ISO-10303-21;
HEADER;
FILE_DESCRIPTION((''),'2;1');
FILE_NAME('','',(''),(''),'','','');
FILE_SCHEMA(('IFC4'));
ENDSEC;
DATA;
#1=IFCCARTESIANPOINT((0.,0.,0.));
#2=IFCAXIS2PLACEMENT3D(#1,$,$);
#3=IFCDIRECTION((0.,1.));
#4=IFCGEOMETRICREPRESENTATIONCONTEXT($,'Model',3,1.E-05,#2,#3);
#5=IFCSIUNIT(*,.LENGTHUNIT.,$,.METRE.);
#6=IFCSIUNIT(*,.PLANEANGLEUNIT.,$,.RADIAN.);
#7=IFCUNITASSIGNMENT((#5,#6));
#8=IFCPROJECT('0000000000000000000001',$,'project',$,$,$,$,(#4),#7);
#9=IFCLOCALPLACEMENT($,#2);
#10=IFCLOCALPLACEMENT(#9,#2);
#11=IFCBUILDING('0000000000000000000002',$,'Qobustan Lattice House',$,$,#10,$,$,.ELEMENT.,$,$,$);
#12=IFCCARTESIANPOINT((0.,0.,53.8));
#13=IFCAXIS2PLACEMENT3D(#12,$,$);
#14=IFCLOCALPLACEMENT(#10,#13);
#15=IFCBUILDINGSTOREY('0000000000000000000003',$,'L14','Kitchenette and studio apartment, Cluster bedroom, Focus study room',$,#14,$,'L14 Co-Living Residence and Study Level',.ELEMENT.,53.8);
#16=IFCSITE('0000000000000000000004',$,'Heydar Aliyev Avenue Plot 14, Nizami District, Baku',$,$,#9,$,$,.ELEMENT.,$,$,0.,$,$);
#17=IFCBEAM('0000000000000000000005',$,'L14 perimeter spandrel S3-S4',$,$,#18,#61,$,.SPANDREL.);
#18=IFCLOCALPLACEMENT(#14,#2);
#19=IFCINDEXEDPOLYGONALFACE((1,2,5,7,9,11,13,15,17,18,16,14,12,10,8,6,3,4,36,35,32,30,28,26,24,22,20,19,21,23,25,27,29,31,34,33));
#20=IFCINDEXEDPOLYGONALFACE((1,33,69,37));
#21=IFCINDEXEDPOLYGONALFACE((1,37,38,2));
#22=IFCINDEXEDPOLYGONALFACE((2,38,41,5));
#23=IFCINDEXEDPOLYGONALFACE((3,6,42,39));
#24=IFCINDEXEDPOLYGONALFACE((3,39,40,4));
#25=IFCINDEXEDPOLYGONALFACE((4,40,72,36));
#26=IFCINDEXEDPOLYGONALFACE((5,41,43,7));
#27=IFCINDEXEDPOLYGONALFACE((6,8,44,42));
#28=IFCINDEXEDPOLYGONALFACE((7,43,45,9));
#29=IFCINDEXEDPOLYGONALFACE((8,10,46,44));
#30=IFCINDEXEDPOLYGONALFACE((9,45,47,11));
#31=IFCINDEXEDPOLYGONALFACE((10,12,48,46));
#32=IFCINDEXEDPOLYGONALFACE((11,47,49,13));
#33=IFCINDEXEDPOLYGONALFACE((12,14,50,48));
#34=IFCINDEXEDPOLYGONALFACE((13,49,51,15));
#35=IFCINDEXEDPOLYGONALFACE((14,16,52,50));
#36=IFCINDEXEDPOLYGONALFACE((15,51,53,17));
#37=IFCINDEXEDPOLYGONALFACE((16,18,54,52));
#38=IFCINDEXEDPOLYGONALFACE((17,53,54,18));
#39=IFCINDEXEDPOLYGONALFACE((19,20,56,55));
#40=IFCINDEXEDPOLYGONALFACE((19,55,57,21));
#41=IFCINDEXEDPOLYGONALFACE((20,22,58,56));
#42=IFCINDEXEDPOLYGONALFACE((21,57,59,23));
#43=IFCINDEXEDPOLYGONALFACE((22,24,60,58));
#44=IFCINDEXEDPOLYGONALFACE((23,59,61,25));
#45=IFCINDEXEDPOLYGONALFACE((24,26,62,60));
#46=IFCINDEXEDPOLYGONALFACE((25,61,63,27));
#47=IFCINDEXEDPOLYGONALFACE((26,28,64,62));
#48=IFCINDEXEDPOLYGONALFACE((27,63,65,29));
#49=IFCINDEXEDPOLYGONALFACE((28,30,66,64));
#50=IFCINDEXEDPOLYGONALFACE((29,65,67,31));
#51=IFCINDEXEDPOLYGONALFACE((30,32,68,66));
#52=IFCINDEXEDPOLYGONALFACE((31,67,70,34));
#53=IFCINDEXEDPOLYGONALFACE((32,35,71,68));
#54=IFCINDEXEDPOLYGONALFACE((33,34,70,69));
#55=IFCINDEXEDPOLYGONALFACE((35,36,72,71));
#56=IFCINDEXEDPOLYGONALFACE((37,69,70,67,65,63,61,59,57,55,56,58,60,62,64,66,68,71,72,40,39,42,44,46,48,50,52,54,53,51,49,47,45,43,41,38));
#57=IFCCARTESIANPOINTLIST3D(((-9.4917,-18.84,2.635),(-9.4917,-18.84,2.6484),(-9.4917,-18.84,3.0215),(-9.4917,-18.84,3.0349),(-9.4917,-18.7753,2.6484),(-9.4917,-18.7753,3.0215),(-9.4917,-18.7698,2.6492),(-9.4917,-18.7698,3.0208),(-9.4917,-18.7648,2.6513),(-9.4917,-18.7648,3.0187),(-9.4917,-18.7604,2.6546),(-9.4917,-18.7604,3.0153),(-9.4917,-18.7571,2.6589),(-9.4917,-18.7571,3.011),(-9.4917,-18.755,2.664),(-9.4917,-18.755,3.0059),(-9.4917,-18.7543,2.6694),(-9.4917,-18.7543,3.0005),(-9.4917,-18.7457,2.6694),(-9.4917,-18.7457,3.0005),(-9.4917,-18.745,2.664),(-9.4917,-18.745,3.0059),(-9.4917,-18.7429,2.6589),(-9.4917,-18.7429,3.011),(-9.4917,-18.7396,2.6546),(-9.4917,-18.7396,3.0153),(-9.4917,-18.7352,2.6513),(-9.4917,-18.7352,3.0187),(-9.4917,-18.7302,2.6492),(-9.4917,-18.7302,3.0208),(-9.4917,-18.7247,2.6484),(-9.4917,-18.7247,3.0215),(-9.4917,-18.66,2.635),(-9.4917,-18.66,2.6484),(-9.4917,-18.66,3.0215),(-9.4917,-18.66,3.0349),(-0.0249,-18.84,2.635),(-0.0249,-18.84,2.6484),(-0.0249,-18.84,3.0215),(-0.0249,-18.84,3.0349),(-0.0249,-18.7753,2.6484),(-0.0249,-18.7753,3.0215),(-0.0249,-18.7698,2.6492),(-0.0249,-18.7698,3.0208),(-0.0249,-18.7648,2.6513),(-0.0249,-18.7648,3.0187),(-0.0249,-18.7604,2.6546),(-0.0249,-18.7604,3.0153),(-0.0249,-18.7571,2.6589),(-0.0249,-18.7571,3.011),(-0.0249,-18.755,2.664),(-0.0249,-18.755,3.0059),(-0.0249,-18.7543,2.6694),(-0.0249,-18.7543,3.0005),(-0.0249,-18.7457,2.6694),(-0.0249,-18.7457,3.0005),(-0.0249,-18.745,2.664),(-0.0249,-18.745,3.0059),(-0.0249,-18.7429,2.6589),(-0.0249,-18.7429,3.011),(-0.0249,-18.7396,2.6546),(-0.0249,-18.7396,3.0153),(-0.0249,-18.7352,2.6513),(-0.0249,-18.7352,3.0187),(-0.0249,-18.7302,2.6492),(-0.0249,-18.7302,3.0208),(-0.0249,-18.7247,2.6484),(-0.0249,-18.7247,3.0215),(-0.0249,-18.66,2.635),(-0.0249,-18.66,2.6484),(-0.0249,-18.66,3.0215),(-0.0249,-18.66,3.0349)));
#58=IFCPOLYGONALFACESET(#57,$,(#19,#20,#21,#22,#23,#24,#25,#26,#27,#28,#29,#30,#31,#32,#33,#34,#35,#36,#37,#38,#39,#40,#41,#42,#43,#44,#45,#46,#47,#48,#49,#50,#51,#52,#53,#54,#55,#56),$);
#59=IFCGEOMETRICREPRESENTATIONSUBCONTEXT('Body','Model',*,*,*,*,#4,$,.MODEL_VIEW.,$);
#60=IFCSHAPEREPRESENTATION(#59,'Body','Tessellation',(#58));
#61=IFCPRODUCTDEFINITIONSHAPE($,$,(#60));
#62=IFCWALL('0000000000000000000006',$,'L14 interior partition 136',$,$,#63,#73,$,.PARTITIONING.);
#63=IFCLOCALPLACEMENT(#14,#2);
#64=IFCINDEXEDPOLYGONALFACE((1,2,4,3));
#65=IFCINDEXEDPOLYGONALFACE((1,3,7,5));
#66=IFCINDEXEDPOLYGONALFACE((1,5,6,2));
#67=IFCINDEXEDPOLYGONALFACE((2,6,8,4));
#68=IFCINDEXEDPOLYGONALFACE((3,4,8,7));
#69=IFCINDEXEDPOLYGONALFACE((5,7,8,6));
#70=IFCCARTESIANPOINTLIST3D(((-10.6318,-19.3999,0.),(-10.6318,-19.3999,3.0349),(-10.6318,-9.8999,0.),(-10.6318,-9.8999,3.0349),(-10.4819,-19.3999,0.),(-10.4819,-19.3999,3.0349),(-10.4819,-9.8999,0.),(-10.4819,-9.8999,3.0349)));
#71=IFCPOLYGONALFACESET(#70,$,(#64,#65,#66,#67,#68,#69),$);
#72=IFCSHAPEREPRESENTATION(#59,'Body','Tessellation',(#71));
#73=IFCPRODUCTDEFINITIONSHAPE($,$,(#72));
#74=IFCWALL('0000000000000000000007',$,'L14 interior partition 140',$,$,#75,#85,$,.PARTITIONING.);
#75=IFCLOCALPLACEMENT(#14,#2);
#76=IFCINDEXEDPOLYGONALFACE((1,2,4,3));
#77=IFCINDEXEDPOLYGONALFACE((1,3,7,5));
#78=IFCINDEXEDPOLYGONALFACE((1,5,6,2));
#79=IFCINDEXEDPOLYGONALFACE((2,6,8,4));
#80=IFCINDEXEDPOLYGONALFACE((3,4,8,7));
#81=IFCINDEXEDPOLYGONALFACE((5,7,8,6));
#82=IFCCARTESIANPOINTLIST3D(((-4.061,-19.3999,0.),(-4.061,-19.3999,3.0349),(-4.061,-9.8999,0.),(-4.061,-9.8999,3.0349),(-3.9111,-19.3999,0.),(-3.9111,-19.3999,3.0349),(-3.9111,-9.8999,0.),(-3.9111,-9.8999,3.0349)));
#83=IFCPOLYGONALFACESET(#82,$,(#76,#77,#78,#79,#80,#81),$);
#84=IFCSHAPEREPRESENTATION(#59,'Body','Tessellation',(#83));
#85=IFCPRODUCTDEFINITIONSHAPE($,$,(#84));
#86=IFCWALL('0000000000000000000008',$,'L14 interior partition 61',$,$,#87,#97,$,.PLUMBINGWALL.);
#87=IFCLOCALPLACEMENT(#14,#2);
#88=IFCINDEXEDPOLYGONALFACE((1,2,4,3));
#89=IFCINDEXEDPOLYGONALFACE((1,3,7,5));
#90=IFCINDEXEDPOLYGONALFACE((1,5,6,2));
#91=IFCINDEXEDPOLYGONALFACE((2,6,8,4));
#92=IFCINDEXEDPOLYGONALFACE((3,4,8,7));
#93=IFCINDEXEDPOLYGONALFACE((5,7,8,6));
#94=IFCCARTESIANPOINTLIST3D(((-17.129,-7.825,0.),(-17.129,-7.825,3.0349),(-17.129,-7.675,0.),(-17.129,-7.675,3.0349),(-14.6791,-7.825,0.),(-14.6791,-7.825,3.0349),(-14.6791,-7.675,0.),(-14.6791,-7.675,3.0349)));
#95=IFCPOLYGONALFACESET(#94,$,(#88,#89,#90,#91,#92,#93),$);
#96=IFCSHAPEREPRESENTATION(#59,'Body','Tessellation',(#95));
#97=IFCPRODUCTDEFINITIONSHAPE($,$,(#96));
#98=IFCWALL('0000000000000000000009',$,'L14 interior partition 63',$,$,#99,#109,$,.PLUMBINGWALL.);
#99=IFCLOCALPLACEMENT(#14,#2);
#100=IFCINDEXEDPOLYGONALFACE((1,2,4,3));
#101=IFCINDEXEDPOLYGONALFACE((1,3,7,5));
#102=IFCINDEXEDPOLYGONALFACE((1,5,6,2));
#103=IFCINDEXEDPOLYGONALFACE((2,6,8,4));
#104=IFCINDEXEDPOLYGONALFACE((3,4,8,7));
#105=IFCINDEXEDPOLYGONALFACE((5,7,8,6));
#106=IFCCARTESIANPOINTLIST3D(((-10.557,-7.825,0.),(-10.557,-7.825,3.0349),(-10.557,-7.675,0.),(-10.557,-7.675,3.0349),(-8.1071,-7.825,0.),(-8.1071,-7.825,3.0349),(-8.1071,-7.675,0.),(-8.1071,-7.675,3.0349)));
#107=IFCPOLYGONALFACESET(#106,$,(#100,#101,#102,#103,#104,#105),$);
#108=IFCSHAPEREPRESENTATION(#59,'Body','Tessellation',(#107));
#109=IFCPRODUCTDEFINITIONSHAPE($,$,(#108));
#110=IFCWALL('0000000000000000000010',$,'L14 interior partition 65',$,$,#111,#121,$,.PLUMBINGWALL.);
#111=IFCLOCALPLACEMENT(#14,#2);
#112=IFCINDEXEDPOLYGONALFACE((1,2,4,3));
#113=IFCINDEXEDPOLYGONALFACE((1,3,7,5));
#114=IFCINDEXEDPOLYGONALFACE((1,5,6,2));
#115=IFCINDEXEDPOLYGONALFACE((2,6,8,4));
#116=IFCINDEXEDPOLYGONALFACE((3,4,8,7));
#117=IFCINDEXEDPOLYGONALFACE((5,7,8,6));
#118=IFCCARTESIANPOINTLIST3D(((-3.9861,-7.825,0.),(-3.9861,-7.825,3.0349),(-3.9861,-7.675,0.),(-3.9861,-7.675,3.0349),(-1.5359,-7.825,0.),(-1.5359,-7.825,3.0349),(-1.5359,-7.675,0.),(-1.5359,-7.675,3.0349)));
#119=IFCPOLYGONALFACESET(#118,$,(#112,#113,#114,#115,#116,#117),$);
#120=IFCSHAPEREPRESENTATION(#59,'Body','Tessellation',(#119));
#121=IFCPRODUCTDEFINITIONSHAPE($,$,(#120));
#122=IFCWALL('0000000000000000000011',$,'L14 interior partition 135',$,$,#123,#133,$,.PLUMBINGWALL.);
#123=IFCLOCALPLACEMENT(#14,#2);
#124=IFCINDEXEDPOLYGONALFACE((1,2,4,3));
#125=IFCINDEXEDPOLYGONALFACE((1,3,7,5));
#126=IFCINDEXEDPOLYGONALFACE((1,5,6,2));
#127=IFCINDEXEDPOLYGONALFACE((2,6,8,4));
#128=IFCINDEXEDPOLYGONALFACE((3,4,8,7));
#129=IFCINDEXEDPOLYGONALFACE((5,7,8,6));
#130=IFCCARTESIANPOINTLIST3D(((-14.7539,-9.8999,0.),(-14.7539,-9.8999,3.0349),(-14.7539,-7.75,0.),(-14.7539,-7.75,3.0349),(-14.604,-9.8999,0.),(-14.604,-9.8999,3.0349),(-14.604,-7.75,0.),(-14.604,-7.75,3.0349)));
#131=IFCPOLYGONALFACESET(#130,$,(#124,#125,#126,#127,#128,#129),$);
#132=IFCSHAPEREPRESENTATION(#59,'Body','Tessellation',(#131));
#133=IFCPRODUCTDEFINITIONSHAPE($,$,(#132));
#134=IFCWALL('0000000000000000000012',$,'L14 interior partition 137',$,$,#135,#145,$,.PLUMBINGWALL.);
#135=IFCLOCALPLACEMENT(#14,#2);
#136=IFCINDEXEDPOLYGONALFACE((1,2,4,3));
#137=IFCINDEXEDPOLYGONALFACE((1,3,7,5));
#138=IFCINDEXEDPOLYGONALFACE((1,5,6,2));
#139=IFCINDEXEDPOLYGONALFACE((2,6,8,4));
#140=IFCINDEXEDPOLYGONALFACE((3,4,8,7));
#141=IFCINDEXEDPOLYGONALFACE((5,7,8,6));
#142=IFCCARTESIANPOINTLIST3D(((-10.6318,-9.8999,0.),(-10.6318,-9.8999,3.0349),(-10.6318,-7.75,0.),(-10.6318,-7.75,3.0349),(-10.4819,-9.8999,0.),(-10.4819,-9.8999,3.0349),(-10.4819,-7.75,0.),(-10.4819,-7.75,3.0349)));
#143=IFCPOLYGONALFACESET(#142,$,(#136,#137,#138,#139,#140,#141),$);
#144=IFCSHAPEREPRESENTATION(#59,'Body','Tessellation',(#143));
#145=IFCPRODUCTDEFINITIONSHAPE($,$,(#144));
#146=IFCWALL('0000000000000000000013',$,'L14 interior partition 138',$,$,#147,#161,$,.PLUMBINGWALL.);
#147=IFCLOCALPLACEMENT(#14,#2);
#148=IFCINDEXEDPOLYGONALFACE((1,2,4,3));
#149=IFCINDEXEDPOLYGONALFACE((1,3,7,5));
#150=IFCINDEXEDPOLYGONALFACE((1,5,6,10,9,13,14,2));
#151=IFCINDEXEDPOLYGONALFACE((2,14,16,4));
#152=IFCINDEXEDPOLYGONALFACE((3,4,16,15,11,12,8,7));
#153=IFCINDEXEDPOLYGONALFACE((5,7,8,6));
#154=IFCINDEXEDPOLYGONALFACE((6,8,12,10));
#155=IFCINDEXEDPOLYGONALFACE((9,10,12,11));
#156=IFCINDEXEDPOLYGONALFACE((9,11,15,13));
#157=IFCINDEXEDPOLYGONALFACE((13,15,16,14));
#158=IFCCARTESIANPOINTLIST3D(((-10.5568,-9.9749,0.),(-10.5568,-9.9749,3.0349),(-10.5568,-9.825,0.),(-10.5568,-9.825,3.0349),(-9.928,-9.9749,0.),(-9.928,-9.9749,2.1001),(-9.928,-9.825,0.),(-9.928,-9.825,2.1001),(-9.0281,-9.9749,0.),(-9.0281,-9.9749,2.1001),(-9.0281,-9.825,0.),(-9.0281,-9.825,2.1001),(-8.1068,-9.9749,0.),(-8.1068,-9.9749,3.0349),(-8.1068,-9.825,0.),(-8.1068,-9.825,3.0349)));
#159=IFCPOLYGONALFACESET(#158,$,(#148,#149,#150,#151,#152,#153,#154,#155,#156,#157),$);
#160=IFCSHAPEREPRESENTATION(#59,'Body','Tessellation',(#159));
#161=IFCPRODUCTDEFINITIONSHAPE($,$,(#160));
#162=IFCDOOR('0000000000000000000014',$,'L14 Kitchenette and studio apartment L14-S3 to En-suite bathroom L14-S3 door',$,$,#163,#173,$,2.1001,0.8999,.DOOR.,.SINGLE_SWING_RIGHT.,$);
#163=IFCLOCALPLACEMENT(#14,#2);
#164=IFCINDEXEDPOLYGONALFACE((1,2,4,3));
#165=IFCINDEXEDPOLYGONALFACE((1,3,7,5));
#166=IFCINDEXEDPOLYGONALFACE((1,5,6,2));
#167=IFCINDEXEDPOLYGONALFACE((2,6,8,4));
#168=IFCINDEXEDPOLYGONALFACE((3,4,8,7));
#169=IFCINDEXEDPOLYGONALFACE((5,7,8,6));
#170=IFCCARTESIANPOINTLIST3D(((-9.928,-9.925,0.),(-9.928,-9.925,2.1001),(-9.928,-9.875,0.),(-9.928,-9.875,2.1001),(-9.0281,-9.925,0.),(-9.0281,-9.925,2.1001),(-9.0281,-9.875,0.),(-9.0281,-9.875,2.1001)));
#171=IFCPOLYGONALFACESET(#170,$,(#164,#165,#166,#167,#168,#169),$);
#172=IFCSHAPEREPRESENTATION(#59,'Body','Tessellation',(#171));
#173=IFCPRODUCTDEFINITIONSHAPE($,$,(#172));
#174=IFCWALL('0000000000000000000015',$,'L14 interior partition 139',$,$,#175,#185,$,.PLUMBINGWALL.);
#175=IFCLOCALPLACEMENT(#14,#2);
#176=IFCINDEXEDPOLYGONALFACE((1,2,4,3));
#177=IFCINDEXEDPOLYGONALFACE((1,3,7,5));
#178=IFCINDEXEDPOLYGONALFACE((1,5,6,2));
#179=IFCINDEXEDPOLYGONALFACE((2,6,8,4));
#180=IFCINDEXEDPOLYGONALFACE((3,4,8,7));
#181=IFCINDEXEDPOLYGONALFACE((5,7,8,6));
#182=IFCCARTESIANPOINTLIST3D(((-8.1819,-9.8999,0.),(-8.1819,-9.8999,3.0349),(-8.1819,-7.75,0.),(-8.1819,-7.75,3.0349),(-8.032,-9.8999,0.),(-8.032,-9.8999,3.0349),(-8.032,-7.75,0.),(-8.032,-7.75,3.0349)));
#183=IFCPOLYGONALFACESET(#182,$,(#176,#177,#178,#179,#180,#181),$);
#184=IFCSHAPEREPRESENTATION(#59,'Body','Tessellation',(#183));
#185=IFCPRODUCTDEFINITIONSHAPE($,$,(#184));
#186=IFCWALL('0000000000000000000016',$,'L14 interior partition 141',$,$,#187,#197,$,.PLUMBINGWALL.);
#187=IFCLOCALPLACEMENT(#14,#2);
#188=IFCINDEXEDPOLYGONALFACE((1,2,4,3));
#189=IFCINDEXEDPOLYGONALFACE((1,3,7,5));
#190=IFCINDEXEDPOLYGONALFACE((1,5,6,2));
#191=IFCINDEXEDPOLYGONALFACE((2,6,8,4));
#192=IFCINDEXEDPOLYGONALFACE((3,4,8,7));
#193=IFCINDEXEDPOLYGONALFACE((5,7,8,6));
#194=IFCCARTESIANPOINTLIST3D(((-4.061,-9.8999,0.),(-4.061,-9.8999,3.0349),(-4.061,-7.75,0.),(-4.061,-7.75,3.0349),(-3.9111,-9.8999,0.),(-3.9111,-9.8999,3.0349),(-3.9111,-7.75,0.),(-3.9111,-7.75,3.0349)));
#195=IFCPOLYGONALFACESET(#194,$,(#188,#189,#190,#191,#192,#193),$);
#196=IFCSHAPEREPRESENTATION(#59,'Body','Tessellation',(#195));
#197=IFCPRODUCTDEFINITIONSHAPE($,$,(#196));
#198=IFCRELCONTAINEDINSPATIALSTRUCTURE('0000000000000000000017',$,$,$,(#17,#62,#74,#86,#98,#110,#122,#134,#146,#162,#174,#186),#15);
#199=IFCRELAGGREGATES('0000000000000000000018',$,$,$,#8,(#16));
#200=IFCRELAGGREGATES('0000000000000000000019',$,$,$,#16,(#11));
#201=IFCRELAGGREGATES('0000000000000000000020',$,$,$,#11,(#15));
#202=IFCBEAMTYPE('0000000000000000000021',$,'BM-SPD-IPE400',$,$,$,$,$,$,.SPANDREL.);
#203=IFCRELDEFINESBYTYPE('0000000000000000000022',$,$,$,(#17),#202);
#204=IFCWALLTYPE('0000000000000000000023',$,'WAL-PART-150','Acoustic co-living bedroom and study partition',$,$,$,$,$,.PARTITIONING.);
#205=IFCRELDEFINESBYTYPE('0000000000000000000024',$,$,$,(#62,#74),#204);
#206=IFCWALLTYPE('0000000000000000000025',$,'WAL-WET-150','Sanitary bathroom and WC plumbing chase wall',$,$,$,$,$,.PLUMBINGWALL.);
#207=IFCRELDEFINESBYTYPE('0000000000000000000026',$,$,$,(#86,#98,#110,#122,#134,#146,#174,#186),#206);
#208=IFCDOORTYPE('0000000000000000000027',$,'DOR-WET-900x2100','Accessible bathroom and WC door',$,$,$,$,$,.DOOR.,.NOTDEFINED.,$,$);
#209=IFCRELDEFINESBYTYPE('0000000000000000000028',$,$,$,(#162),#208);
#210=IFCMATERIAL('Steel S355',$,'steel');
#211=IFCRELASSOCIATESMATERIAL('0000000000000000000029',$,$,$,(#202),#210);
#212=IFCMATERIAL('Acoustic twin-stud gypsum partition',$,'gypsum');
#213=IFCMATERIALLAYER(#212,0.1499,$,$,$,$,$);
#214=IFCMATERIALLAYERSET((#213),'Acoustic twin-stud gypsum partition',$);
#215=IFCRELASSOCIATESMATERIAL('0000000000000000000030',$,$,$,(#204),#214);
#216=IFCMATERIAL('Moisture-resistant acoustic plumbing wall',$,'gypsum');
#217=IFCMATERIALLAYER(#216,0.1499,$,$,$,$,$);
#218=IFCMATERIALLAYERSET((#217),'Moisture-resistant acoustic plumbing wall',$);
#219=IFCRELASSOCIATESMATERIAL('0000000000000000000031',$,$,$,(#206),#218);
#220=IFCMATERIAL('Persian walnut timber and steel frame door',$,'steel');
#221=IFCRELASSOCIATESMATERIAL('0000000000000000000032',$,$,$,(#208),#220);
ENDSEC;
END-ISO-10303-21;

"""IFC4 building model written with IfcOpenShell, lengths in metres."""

from ifc_helpers import new_model, si_unit, direction, frame, frame_2d, origin, origin_2d, place, context, subcontext, project, spatial, rectangle, i_section, extrude, material, layer, layer_set, material_profile, profile_set, type_object, element, fill, save


model = new_model("IFC4")

# Units and contexts
model_context = context("Model", 3, precision=1e-05, world=origin(), true_north=direction((0.0, 1.0)))
body_context = subcontext(model_context, "Body", "Model", "MODEL_VIEW")
ifc_project = project(units=[si_unit("LENGTHUNIT", "METRE"), si_unit("PLANEANGLEUNIT", "RADIAN")], contexts=[model_context])

# Site, building, storey
site_placement = place(None, origin())
site = spatial("IfcSite", under=ifc_project, at=site_placement, Name="Heydar Aliyev Avenue Plot 14, Nizami District, Baku", CompositionType="ELEMENT", RefElevation=0.0)
building_placement = place(site_placement, origin())
building = spatial("IfcBuilding", under=site, at=building_placement, Name="Qobustan Lattice House", CompositionType="ELEMENT")
storey_placement = place(building_placement, frame((0.0, 0.0, 53.8)))
storey = spatial("IfcBuildingStorey", under=building, at=storey_placement, Name="L14", Description="Kitchenette and studio apartment, Cluster bedroom, Focus study room", LongName="L14 Co-Living Residence and Study Level", CompositionType="ELEMENT", Elevation=53.8)

# Beam
ifc_material_1 = material(Name="Steel S355", Category="steel")
ifc_material_profile_1 = material_profile(ifc_material_1, i_section(OverallWidth=0.1799, OverallDepth=0.3999, WebThickness=0.0085, FlangeThickness=0.0134, FilletRadius=0.021, at=origin_2d()), Name="IPE400")
ifc_profile_set_1 = profile_set([ifc_material_profile_1], Name="Steel S355")
beam_type_1 = type_object("IfcBeamType", Name="BM-SPD-IPE400", PredefinedType="SPANDREL", material=ifc_profile_set_1)
beam_1_placement = place(storey_placement, frame((-9.4917, -18.75, 2.835), z_axis=(1.0, 0.0, 0.0), x_axis=(0.0, 1.0, 0.0)))
element("IfcBeam", 1, at=beam_1_placement, inside=storey, type_object=beam_type_1, Name="L14 perimeter spandrel S3-S4", PredefinedType="SPANDREL", context=body_context, shape_type="SweptSolid", body=[
    extrude(i_section(OverallWidth=0.1799, OverallDepth=0.3999, WebThickness=0.0085, FlangeThickness=0.0134, FilletRadius=0.021, at=origin_2d()), origin(), (0.0, 0.0, 1.0), 9.4668),
])

# Walls
ifc_material_2 = material(Name="Acoustic twin-stud gypsum partition", Category="gypsum")
ifc_layer_1 = layer(ifc_material_2, 0.1499)
ifc_layer_set_1 = layer_set([ifc_layer_1], Name="Acoustic twin-stud gypsum partition")
wall_type_1 = type_object("IfcWallType", Name="WAL-PART-150", Description="Acoustic co-living bedroom and study partition", PredefinedType="PARTITIONING", material=ifc_layer_set_1)
for number, where, z_axis, x_axis, name in (
    (2, (-10.5569, -9.8999, 0.0), (0.0, 0.0, 1.0), (0.0, -1.0, 0.0), "L14 interior partition 136"),
    (3, (-3.9861, -9.8999, 0.0), (0.0, 0.0, 1.0), (0.0, -1.0, 0.0), "L14 interior partition 140"),
):
    element("IfcWall", number, at=place(storey_placement, frame(where, z_axis=z_axis, x_axis=x_axis)), inside=storey, type_object=wall_type_1, Name=name, PredefinedType="PARTITIONING", context=body_context, shape_type="SweptSolid", body=[
        extrude(rectangle(XDim=9.5, YDim=0.1499, at=frame_2d((4.75, 0.0))), origin(), (0.0, 0.0, 1.0), 3.0349),
    ])
ifc_material_3 = material(Name="Moisture-resistant acoustic plumbing wall", Category="gypsum")
ifc_layer_2 = layer(ifc_material_3, 0.1499)
ifc_layer_set_2 = layer_set([ifc_layer_2], Name="Moisture-resistant acoustic plumbing wall")
wall_type_2 = type_object("IfcWallType", Name="WAL-WET-150", Description="Sanitary bathroom and WC plumbing chase wall", PredefinedType="PLUMBINGWALL", material=ifc_layer_set_2)
for number, where, z_axis, x_axis, name in (
    (4, (-14.679, -7.75, 0.0), (0.0, 0.0, 1.0), (-1.0, 0.0, 0.0), "L14 interior partition 61"),
    (5, (-8.1069, -7.75, 0.0), (0.0, 0.0, 1.0), (-1.0, 0.0, 0.0), "L14 interior partition 63"),
):
    element("IfcWall", number, at=place(storey_placement, frame(where, z_axis=z_axis, x_axis=x_axis)), inside=storey, type_object=wall_type_2, Name=name, PredefinedType="PLUMBINGWALL", context=body_context, shape_type="SweptSolid", body=[
        extrude(rectangle(XDim=2.45, YDim=0.1499, at=frame_2d((1.2251, 0.0))), origin(), (0.0, 0.0, 1.0), 3.0349),
    ])
wall_1_placement = place(storey_placement, frame((-1.5359, -7.75, 0.0), z_axis=(0.0, 0.0, 1.0), x_axis=(-1.0, 0.0, 0.0)))
element("IfcWall", 6, at=wall_1_placement, inside=storey, type_object=wall_type_2, Name="L14 interior partition 65", PredefinedType="PLUMBINGWALL", context=body_context, shape_type="SweptSolid", body=[
    extrude(rectangle(XDim=2.4502, YDim=0.1499, at=frame_2d((1.2251, 0.0))), origin(), (0.0, 0.0, 1.0), 3.0349),
])
for number, where, z_axis, x_axis, name in (
    (7, (-14.679, -9.8999, 0.0), (0.0, 0.0, 1.0), (0.0, 1.0, 0.0), "L14 interior partition 135"),
    (8, (-10.5569, -7.75, 0.0), (0.0, 0.0, 1.0), (0.0, -1.0, 0.0), "L14 interior partition 137"),
):
    element("IfcWall", number, at=place(storey_placement, frame(where, z_axis=z_axis, x_axis=x_axis)), inside=storey, type_object=wall_type_2, Name=name, PredefinedType="PLUMBINGWALL", context=body_context, shape_type="SweptSolid", body=[
        extrude(rectangle(XDim=2.1499, YDim=0.1499, at=frame_2d((1.075, 0.0))), origin(), (0.0, 0.0, 1.0), 3.0349),
    ])

# Wall, opening, door
wall_2_placement = place(storey_placement, frame((-10.5569, -9.8999, 0.0), z_axis=(0.0, 0.0, 1.0), x_axis=(1.0, 0.0, 0.0)))
wall_2 = element("IfcWall", 9, at=wall_2_placement, inside=storey, type_object=wall_type_2, Name="L14 interior partition 138", PredefinedType="PLUMBINGWALL", context=body_context, shape_type="SweptSolid", body=[
    extrude(rectangle(XDim=2.45, YDim=0.1499, at=frame_2d((1.2251, 0.0))), origin(), (0.0, 0.0, 1.0), 3.0349),
])
opening_1_placement = place(wall_2_placement, frame((0.6289, 0.0, 0.0)))
opening_1 = element("IfcOpeningElement", 10, at=opening_1_placement, cuts=wall_2, PredefinedType="OPENING", context=body_context, shape_type="SweptSolid", body=[
    extrude(rectangle(XDim=0.8999, YDim=2.1001, at=frame_2d((0.45, 1.05))), frame((0.0, 0.085, 0.0), z_axis=(0.0, -1.0, 0.0), x_axis=(1.0, 0.0, 0.0)), (0.0, 0.0, 1.0), 0.1699),
])
ifc_material_4 = material(Name="Persian walnut timber and steel frame door", Category="steel")
door_type_1 = type_object("IfcDoorType", Name="DOR-WET-900x2100", Description="Accessible bathroom and WC door", OperationType="NOTDEFINED", PredefinedType="DOOR", material=ifc_material_4)
door_1_placement = place(opening_1_placement, origin())
door_1 = element("IfcDoor", 11, at=door_1_placement, inside=storey, type_object=door_type_1, Name="L14 Kitchenette and studio apartment L14-S3 to En-suite bathroom L14-S3 door", OperationType="SINGLE_SWING_RIGHT", OverallHeight=2.1001, OverallWidth=0.8999, PredefinedType="DOOR", context=body_context, shape_type="SweptSolid", body=[
    extrude(rectangle(XDim=0.8999, YDim=2.1001, at=frame_2d((0.45, 1.05))), frame((0.0, 0.0249, 0.0), z_axis=(0.0, -1.0, 0.0), x_axis=(1.0, 0.0, 0.0)), (0.0, 0.0, 1.0), 0.05),
])
fill(opening_1, door_1)

# Walls
for number, where, z_axis, x_axis, name in (
    (12, (-8.1069, -9.8999, 0.0), (0.0, 0.0, 1.0), (0.0, 1.0, 0.0), "L14 interior partition 139"),
    (13, (-3.9861, -7.75, 0.0), (0.0, 0.0, 1.0), (0.0, -1.0, 0.0), "L14 interior partition 141"),
):
    element("IfcWall", number, at=place(storey_placement, frame(where, z_axis=z_axis, x_axis=x_axis)), inside=storey, type_object=wall_type_2, Name=name, PredefinedType="PLUMBINGWALL", context=body_context, shape_type="SweptSolid", body=[
        extrude(rectangle(XDim=2.1499, YDim=0.1499, at=frame_2d((1.075, 0.0))), origin(), (0.0, 0.0, 1.0), 3.0349),
    ])

save(model, "model.ifc")
